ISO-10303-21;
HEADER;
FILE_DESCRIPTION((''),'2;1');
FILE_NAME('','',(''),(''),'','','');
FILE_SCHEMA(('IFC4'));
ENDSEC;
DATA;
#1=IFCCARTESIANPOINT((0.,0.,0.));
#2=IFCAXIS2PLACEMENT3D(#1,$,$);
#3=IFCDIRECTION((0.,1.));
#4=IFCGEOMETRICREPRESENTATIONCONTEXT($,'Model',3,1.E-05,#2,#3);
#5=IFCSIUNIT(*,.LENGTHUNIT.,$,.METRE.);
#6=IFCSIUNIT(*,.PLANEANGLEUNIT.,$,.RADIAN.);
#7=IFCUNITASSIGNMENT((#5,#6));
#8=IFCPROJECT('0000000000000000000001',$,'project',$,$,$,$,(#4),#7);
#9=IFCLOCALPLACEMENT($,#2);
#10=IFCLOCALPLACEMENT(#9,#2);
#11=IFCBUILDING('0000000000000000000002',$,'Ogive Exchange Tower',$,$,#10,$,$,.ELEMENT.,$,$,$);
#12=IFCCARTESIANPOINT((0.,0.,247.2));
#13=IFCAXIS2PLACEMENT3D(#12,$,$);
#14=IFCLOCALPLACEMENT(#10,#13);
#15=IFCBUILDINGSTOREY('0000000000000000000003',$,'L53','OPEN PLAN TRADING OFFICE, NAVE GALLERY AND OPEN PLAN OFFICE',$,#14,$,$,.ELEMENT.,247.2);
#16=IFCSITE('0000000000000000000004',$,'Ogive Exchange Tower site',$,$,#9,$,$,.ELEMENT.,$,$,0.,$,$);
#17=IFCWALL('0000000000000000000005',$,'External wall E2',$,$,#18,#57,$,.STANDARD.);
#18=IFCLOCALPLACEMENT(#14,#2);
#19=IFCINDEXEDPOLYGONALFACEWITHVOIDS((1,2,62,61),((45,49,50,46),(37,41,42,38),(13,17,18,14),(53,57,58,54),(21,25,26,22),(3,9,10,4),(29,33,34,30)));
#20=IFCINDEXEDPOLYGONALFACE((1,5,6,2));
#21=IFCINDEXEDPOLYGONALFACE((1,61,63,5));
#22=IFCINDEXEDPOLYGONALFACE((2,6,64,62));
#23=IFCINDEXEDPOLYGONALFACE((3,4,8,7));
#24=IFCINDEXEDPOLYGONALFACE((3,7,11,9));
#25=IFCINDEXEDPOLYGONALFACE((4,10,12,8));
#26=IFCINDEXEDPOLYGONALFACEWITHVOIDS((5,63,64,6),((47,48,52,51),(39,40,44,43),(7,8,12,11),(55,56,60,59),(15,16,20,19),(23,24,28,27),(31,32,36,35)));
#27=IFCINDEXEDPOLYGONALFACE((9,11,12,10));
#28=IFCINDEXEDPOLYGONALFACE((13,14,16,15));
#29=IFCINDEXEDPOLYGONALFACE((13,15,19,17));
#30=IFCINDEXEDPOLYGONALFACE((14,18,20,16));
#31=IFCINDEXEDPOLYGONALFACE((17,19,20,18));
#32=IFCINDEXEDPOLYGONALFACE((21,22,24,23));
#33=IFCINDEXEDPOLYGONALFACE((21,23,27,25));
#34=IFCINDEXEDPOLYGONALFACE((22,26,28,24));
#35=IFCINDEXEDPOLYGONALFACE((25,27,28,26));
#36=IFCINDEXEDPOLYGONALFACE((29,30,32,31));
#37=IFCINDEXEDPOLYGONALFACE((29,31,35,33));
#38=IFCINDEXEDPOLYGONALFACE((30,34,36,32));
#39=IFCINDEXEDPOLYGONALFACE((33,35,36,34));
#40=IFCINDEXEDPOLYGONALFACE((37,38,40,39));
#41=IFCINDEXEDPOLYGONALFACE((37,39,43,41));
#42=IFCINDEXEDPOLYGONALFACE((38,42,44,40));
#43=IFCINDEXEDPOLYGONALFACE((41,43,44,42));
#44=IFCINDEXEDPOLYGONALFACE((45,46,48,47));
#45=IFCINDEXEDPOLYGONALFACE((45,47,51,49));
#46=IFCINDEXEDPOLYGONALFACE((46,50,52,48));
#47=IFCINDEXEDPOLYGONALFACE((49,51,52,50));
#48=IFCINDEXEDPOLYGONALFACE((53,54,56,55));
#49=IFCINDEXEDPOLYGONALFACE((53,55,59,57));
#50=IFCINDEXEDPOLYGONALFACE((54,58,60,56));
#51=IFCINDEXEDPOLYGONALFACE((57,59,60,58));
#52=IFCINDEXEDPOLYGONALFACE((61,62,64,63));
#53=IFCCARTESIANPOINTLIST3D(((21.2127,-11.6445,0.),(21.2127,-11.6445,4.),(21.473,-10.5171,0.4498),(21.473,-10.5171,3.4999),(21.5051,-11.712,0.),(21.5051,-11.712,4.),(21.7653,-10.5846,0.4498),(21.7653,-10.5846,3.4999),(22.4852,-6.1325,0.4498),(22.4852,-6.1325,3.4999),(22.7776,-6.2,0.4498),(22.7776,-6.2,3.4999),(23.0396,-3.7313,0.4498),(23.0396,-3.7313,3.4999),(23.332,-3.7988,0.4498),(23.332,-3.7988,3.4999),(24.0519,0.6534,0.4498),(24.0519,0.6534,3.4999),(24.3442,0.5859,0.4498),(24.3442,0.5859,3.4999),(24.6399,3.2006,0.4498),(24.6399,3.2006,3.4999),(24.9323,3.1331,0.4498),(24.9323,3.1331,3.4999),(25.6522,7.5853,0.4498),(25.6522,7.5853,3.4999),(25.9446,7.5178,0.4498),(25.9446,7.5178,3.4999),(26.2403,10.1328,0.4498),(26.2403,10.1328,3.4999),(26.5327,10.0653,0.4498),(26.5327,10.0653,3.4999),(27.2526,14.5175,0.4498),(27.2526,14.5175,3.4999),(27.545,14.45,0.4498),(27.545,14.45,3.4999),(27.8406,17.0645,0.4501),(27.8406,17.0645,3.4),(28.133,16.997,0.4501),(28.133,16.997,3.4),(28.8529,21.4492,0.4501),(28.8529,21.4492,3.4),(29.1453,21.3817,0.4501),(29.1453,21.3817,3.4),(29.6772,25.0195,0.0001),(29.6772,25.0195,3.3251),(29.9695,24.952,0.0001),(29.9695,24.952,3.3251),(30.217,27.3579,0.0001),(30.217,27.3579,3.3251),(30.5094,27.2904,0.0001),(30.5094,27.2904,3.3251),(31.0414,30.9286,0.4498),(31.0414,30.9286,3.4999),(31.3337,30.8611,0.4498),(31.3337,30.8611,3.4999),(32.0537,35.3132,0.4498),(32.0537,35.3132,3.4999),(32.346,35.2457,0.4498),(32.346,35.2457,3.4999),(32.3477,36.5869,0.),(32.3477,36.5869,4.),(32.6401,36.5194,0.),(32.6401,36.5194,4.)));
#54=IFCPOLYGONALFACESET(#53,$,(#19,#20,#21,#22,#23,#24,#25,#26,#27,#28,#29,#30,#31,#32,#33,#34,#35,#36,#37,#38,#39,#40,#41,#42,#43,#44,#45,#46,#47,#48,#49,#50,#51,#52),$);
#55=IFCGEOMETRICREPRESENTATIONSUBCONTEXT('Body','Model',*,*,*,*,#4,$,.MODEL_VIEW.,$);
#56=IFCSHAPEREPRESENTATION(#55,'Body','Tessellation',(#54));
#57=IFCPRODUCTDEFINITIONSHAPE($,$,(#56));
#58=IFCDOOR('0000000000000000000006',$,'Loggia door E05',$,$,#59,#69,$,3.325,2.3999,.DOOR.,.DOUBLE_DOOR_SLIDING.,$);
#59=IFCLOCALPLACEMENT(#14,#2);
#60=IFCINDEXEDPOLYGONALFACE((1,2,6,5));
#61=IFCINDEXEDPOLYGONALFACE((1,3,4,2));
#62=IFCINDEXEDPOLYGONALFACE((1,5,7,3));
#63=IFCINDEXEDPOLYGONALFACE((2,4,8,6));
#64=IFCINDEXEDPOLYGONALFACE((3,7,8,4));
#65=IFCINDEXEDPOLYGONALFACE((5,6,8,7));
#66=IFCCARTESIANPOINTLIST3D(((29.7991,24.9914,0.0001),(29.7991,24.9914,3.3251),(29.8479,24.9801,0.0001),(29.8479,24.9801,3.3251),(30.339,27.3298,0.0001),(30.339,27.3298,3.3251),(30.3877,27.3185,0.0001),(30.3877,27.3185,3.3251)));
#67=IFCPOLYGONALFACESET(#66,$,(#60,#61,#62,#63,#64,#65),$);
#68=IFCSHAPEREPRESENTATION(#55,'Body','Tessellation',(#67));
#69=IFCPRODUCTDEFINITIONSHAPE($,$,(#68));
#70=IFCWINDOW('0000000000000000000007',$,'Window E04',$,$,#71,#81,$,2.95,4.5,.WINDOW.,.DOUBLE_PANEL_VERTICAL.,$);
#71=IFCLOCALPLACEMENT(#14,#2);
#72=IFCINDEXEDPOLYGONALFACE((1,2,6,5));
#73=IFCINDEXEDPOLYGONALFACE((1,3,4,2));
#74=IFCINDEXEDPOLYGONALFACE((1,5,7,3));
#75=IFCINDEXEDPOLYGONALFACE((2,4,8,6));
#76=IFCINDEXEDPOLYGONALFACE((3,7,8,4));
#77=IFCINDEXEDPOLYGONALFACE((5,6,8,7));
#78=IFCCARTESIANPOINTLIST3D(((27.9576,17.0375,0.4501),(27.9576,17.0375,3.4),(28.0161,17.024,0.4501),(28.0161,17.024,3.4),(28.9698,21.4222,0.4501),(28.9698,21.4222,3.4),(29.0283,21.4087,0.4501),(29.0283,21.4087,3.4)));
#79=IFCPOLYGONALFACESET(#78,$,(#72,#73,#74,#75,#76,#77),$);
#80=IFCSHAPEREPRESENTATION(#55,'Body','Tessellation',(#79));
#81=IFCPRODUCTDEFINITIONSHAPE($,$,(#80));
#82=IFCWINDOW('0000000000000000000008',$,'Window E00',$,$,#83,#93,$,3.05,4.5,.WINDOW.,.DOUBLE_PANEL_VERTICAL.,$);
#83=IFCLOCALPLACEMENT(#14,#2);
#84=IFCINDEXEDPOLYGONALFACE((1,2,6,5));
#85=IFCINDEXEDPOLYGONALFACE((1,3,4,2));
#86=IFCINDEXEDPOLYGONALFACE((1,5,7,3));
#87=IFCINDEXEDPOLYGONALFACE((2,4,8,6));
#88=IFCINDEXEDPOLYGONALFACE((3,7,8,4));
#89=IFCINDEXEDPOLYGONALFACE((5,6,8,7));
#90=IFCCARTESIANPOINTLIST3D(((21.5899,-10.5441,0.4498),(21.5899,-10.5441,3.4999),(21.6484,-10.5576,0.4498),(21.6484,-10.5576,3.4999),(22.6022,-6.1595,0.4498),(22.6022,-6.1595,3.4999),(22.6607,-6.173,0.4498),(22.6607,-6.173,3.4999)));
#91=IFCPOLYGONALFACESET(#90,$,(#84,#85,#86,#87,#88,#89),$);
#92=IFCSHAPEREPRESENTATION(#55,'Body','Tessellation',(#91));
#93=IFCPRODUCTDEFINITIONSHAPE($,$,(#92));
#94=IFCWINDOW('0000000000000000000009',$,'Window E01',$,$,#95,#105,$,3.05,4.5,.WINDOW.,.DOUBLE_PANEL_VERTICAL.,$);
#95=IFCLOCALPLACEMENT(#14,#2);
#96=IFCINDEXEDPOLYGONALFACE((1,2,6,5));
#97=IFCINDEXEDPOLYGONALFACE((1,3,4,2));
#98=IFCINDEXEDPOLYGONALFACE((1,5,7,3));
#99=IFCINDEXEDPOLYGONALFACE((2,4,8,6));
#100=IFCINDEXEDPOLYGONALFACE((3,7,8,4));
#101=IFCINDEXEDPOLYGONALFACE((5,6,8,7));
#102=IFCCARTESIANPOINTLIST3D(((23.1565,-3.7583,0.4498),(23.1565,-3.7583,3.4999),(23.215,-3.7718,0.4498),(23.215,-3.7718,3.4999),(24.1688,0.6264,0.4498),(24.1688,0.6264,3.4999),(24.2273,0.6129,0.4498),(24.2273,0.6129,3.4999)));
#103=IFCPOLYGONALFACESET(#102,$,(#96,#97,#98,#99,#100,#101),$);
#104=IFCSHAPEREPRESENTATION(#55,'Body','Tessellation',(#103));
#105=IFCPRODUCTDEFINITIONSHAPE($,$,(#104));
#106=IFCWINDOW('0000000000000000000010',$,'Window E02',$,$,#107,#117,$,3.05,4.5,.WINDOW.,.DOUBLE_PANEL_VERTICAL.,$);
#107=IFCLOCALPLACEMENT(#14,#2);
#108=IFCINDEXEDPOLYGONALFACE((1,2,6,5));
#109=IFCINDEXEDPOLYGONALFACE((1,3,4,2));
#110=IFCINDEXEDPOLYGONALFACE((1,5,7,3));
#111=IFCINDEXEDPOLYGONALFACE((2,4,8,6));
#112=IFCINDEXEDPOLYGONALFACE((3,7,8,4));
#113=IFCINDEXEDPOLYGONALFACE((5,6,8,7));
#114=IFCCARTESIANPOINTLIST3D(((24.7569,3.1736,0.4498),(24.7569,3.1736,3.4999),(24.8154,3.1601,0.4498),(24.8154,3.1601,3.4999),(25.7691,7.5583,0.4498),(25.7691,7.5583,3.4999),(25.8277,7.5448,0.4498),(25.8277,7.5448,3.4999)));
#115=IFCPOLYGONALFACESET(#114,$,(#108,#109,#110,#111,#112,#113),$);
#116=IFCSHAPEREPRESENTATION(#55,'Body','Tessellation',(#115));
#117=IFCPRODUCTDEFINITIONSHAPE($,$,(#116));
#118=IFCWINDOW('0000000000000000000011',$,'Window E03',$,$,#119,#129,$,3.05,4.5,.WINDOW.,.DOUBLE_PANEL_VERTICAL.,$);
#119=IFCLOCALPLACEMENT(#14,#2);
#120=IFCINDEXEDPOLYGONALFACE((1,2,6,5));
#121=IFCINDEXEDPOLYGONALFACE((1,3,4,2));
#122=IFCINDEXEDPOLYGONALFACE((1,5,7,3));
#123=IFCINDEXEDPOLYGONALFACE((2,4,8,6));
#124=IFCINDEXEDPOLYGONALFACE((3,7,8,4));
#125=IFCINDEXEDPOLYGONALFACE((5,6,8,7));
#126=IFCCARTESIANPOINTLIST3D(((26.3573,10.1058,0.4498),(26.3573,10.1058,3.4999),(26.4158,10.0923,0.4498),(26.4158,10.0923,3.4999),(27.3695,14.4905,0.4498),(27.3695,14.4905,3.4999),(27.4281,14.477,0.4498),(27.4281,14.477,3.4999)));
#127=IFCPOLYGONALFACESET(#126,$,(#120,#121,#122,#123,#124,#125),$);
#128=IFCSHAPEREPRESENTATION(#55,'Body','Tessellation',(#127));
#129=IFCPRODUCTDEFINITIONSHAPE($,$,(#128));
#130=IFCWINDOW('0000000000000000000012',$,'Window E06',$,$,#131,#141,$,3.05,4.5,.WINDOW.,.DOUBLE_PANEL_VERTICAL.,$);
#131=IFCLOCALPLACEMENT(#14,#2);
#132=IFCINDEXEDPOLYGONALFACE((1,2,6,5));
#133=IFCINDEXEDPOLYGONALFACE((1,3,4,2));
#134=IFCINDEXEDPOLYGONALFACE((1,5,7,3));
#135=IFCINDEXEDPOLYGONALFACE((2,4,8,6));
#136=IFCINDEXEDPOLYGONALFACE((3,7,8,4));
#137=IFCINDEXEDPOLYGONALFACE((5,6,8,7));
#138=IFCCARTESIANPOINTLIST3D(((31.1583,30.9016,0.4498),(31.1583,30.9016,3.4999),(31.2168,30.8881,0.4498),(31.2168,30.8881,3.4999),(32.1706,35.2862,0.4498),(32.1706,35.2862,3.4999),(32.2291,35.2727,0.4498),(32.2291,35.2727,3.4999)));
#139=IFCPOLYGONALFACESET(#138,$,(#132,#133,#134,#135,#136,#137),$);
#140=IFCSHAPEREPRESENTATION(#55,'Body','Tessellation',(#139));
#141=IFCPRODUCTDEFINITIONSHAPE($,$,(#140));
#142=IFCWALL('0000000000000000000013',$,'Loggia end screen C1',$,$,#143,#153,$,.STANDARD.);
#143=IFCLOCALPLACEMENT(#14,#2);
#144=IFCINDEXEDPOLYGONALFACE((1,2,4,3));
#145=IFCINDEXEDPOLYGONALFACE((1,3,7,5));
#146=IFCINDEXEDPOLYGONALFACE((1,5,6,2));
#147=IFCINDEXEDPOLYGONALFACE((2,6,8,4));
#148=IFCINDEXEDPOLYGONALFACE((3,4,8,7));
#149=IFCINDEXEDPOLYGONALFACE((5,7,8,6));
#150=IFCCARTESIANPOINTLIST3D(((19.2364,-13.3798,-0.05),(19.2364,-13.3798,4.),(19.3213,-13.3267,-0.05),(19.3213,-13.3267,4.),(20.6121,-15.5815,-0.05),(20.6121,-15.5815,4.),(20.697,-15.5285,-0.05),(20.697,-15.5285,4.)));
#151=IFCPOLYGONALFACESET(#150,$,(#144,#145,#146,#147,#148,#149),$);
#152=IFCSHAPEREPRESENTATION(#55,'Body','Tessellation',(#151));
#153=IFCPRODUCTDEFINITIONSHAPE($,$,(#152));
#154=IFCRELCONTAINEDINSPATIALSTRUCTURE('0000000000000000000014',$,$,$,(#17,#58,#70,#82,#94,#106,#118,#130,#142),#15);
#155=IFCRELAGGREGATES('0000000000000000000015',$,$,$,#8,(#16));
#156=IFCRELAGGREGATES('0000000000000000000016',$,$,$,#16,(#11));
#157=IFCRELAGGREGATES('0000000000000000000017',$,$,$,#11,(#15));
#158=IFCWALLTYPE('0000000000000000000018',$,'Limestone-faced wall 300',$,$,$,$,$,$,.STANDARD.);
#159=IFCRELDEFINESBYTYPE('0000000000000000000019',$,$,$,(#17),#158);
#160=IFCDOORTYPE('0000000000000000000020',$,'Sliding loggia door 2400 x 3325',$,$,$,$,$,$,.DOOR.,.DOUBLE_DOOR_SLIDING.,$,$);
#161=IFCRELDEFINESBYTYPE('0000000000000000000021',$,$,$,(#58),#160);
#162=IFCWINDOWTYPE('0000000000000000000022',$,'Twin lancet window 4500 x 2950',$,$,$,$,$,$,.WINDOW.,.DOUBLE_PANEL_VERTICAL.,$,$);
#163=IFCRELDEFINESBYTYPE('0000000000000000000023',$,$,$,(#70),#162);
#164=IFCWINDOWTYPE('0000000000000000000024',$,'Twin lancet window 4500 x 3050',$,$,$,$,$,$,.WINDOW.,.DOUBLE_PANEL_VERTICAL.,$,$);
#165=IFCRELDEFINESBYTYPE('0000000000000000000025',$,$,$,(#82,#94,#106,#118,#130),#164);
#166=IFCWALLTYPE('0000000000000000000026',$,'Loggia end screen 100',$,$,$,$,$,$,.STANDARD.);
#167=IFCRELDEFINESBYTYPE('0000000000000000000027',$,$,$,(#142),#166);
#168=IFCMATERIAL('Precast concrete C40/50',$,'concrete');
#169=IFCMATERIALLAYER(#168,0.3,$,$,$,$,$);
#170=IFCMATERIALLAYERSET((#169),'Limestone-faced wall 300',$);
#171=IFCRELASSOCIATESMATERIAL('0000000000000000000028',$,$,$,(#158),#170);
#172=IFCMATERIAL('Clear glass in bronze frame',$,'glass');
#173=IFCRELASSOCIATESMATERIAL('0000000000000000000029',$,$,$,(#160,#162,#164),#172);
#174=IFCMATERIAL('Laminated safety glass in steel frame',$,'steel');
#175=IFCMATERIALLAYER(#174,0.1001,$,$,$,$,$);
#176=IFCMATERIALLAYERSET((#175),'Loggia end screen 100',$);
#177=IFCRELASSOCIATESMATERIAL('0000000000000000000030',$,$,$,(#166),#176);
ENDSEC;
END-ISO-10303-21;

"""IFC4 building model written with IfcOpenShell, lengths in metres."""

from ifc_helpers import new_model, si_unit, direction, frame, frame_2d, origin, place, context, subcontext, project, spatial, rectangle, extrude, material, layer, layer_set, type_object, element, fill, save


model = new_model("IFC4")

# Units and contexts
model_context = context("Model", 3, precision=1e-05, world=origin(), true_north=direction((0.0, 1.0)))
body_context = subcontext(model_context, "Body", "Model", "MODEL_VIEW")
ifc_project = project(units=[si_unit("LENGTHUNIT", "METRE"), si_unit("PLANEANGLEUNIT", "RADIAN")], contexts=[model_context])

# Site, building, storey
site_placement = place(None, origin())
site = spatial("IfcSite", under=ifc_project, at=site_placement, Name="Ogive Exchange Tower site", CompositionType="ELEMENT", RefElevation=0.0)
building_placement = place(site_placement, origin())
building = spatial("IfcBuilding", under=site, at=building_placement, Name="Ogive Exchange Tower", CompositionType="ELEMENT")
storey_placement = place(building_placement, frame((0.0, 0.0, 247.2)))
storey = spatial("IfcBuildingStorey", under=building, at=storey_placement, Name="L53", Description="OPEN PLAN TRADING OFFICE, NAVE GALLERY AND OPEN PLAN OFFICE", CompositionType="ELEMENT", Elevation=247.2)

# Wall, openings, door, windows
ifc_material_1 = material(Name="Precast concrete C40/50", Category="concrete")
ifc_layer_1 = layer(ifc_material_1, 0.3)
ifc_layer_set_1 = layer_set([ifc_layer_1], Name="Limestone-faced wall 300")
wall_type_1 = type_object("IfcWallType", Name="Limestone-faced wall 300", PredefinedType="STANDARD", material=ifc_layer_set_1)
wall_1_placement = place(storey_placement, frame((21.3589, -11.6782, 0.0), z_axis=(0.0, 0.0, 1.0), x_axis=(0.224949, 0.97437, 0.0)))
wall_1 = element("IfcWall", 1, at=wall_1_placement, inside=storey, type_object=wall_type_1, Name="External wall E2", PredefinedType="STANDARD", context=body_context, shape_type="SweptSolid", body=[
    extrude(rectangle(XDim=49.5, YDim=0.3, at=frame_2d((24.75, 0.0))), origin(), (0.0, 0.0, 1.0), 4.0),
])
opening_1_placement = place(wall_1_placement, frame((1.157, 0.0, 0.45)))
opening_1 = element("IfcOpeningElement", 2, at=opening_1_placement, cuts=wall_1, PredefinedType="OPENING", context=body_context, shape_type="SweptSolid", body=[
    extrude(rectangle(XDim=4.5, YDim=3.05, at=frame_2d((2.25, 1.5249))), frame((0.0, 0.1599, 0.0), z_axis=(0.0, -1.0, 0.0), x_axis=(1.0, 0.0, 0.0)), (0.0, 0.0, 1.0), 0.3201),
])
opening_2_placement = place(wall_1_placement, frame((8.1213, 0.0, 0.45)))
opening_2 = element("IfcOpeningElement", 3, at=opening_2_placement, cuts=wall_1, PredefinedType="OPENING", context=body_context, shape_type="SweptSolid", body=[
    extrude(rectangle(XDim=4.5, YDim=3.05, at=frame_2d((2.25, 1.5249))), frame((0.0, 0.1599, 0.0), z_axis=(0.0, -1.0, 0.0), x_axis=(1.0, 0.0, 0.0)), (0.0, 0.0, 1.0), 0.3201),
])
opening_3_placement = place(wall_1_placement, frame((15.2356, 0.0, 0.45)))
opening_3 = element("IfcOpeningElement", 4, at=opening_3_placement, cuts=wall_1, PredefinedType="OPENING", context=body_context, shape_type="SweptSolid", body=[
    extrude(rectangle(XDim=4.5, YDim=3.05, at=frame_2d((2.25, 1.5249))), frame((0.0, 0.1599, 0.0), z_axis=(0.0, -1.0, 0.0), x_axis=(1.0, 0.0, 0.0)), (0.0, 0.0, 1.0), 0.3201),
])
opening_4_placement = place(wall_1_placement, frame((22.3501, 0.0, 0.45)))
opening_4 = element("IfcOpeningElement", 5, at=opening_4_placement, cuts=wall_1, PredefinedType="OPENING", context=body_context, shape_type="SweptSolid", body=[
    extrude(rectangle(XDim=4.5, YDim=3.05, at=frame_2d((2.25, 1.5249))), frame((0.0, 0.1599, 0.0), z_axis=(0.0, -1.0, 0.0), x_axis=(1.0, 0.0, 0.0)), (0.0, 0.0, 1.0), 0.3201),
])
opening_5_placement = place(wall_1_placement, frame((29.4641, 0.0, 0.45)))
opening_5 = element("IfcOpeningElement", 6, at=opening_5_placement, cuts=wall_1, PredefinedType="OPENING", context=body_context, shape_type="SweptSolid", body=[
    extrude(rectangle(XDim=4.5, YDim=2.95, at=frame_2d((2.25, 1.4751))), frame((0.0, 0.1599, 0.0), z_axis=(0.0, -1.0, 0.0), x_axis=(1.0, 0.0, 0.0)), (0.0, 0.0, 1.0), 0.3201),
])
opening_6_placement = place(wall_1_placement, frame((37.6284, 0.0, 0.0)))
opening_6 = element("IfcOpeningElement", 7, at=opening_6_placement, cuts=wall_1, PredefinedType="OPENING", context=body_context, shape_type="SweptSolid", body=[
    extrude(rectangle(XDim=2.3999, YDim=3.325, at=frame_2d((1.2, 1.6626))), frame((0.0, 0.1599, 0.0), z_axis=(0.0, -1.0, 0.0), x_axis=(1.0, 0.0, 0.0)), (0.0, 0.0, 1.0), 0.3201),
])
opening_7_placement = place(wall_1_placement, frame((43.6929, 0.0, 0.45)))
opening_7 = element("IfcOpeningElement", 8, at=opening_7_placement, cuts=wall_1, PredefinedType="OPENING", context=body_context, shape_type="SweptSolid", body=[
    extrude(rectangle(XDim=4.5, YDim=3.05, at=frame_2d((2.25, 1.5249))), frame((0.0, 0.1599, 0.0), z_axis=(0.0, -1.0, 0.0), x_axis=(1.0, 0.0, 0.0)), (0.0, 0.0, 1.0), 0.3201),
])
ifc_material_2 = material(Name="Clear glass in bronze frame", Category="glass")
door_type_1 = type_object("IfcDoorType", Name="Sliding loggia door 2400 x 3325", OperationType="DOUBLE_DOOR_SLIDING", PredefinedType="DOOR", material=ifc_material_2)
door_1_placement = place(opening_6_placement, origin())
door_1 = element("IfcDoor", 9, at=door_1_placement, inside=storey, type_object=door_type_1, Name="Loggia door E05", OperationType="DOUBLE_DOOR_SLIDING", OverallHeight=3.325, OverallWidth=2.3999, PredefinedType="DOOR", context=body_context, shape_type="SweptSolid", body=[
    extrude(rectangle(XDim=2.3999, YDim=3.325, at=frame_2d((1.2, 1.6626))), frame((0.0, 0.0249, 0.0), z_axis=(0.0, -1.0, 0.0), x_axis=(1.0, 0.0, 0.0)), (0.0, 0.0, 1.0), 0.05),
])
fill(opening_6, door_1)
window_type_1 = type_object("IfcWindowType", Name="Twin lancet window 4500 x 2950", PartitioningType="DOUBLE_PANEL_VERTICAL", PredefinedType="WINDOW", material=ifc_material_2)
window_1_placement = place(opening_5_placement, origin())
window_1 = element("IfcWindow", 10, at=window_1_placement, inside=storey, type_object=window_type_1, Name="Window E04", OverallHeight=2.95, OverallWidth=4.5, PartitioningType="DOUBLE_PANEL_VERTICAL", PredefinedType="WINDOW", context=body_context, shape_type="SweptSolid", body=[
    extrude(rectangle(XDim=4.5, YDim=2.95, at=frame_2d((2.25, 1.4751))), frame((0.0, 0.03, 0.0), z_axis=(0.0, -1.0, 0.0), x_axis=(1.0, 0.0, 0.0)), (0.0, 0.0, 1.0), 0.0601),
])
fill(opening_5, window_1)
window_type_2 = type_object("IfcWindowType", Name="Twin lancet window 4500 x 3050", PartitioningType="DOUBLE_PANEL_VERTICAL", PredefinedType="WINDOW", material=ifc_material_2)
window_2_placement = place(opening_1_placement, origin())
window_2 = element("IfcWindow", 11, at=window_2_placement, inside=storey, type_object=window_type_2, Name="Window E00", OverallHeight=3.05, OverallWidth=4.5, PartitioningType="DOUBLE_PANEL_VERTICAL", PredefinedType="WINDOW", context=body_context, shape_type="SweptSolid", body=[
    extrude(rectangle(XDim=4.5, YDim=3.05, at=frame_2d((2.25, 1.5249))), frame((0.0, 0.03, 0.0), z_axis=(0.0, -1.0, 0.0), x_axis=(1.0, 0.0, 0.0)), (0.0, 0.0, 1.0), 0.0601),
])
fill(opening_1, window_2)
window_3_placement = place(opening_2_placement, origin())
window_3 = element("IfcWindow", 12, at=window_3_placement, inside=storey, type_object=window_type_2, Name="Window E01", OverallHeight=3.05, OverallWidth=4.5, PartitioningType="DOUBLE_PANEL_VERTICAL", PredefinedType="WINDOW", context=body_context, shape_type="SweptSolid", body=[
    extrude(rectangle(XDim=4.5, YDim=3.05, at=frame_2d((2.25, 1.5249))), frame((0.0, 0.03, 0.0), z_axis=(0.0, -1.0, 0.0), x_axis=(1.0, 0.0, 0.0)), (0.0, 0.0, 1.0), 0.0601),
])
fill(opening_2, window_3)
window_4_placement = place(opening_3_placement, origin())
window_4 = element("IfcWindow", 13, at=window_4_placement, inside=storey, type_object=window_type_2, Name="Window E02", OverallHeight=3.05, OverallWidth=4.5, PartitioningType="DOUBLE_PANEL_VERTICAL", PredefinedType="WINDOW", context=body_context, shape_type="SweptSolid", body=[
    extrude(rectangle(XDim=4.5, YDim=3.05, at=frame_2d((2.25, 1.5249))), frame((0.0, 0.03, 0.0), z_axis=(0.0, -1.0, 0.0), x_axis=(1.0, 0.0, 0.0)), (0.0, 0.0, 1.0), 0.0601),
])
fill(opening_3, window_4)
window_5_placement = place(opening_4_placement, origin())
window_5 = element("IfcWindow", 14, at=window_5_placement, inside=storey, type_object=window_type_2, Name="Window E03", OverallHeight=3.05, OverallWidth=4.5, PartitioningType="DOUBLE_PANEL_VERTICAL", PredefinedType="WINDOW", context=body_context, shape_type="SweptSolid", body=[
    extrude(rectangle(XDim=4.5, YDim=3.05, at=frame_2d((2.25, 1.5249))), frame((0.0, 0.03, 0.0), z_axis=(0.0, -1.0, 0.0), x_axis=(1.0, 0.0, 0.0)), (0.0, 0.0, 1.0), 0.0601),
])
fill(opening_4, window_5)
window_6_placement = place(opening_7_placement, origin())
window_6 = element("IfcWindow", 15, at=window_6_placement, inside=storey, type_object=window_type_2, Name="Window E06", OverallHeight=3.05, OverallWidth=4.5, PartitioningType="DOUBLE_PANEL_VERTICAL", PredefinedType="WINDOW", context=body_context, shape_type="SweptSolid", body=[
    extrude(rectangle(XDim=4.5, YDim=3.05, at=frame_2d((2.25, 1.5249))), frame((0.0, 0.03, 0.0), z_axis=(0.0, -1.0, 0.0), x_axis=(1.0, 0.0, 0.0)), (0.0, 0.0, 1.0), 0.0601),
])
fill(opening_7, window_6)

# Wall
ifc_material_3 = material(Name="Laminated safety glass in steel frame", Category="steel")
ifc_layer_2 = layer(ifc_material_3, 0.1001)
ifc_layer_set_2 = layer_set([ifc_layer_2], Name="Loggia end screen 100")
wall_type_2 = type_object("IfcWallType", Name="Loggia end screen 100", PredefinedType="STANDARD", material=ifc_layer_set_2)
wall_2_placement = place(storey_placement, frame((19.2788, -13.3533, -0.05), z_axis=(0.0, 0.0, 1.0), x_axis=(0.529914, -0.848051, 0.0)))
element("IfcWall", 16, at=wall_2_placement, inside=storey, type_object=wall_type_2, Name="Loggia end screen C1", PredefinedType="STANDARD", context=body_context, shape_type="SweptSolid", body=[
    extrude(rectangle(XDim=2.5962, YDim=0.1001, at=frame_2d((1.2981, 0.0))), origin(), (0.0, 0.0, 1.0), 4.05),
])

save(model, "model.ifc")
